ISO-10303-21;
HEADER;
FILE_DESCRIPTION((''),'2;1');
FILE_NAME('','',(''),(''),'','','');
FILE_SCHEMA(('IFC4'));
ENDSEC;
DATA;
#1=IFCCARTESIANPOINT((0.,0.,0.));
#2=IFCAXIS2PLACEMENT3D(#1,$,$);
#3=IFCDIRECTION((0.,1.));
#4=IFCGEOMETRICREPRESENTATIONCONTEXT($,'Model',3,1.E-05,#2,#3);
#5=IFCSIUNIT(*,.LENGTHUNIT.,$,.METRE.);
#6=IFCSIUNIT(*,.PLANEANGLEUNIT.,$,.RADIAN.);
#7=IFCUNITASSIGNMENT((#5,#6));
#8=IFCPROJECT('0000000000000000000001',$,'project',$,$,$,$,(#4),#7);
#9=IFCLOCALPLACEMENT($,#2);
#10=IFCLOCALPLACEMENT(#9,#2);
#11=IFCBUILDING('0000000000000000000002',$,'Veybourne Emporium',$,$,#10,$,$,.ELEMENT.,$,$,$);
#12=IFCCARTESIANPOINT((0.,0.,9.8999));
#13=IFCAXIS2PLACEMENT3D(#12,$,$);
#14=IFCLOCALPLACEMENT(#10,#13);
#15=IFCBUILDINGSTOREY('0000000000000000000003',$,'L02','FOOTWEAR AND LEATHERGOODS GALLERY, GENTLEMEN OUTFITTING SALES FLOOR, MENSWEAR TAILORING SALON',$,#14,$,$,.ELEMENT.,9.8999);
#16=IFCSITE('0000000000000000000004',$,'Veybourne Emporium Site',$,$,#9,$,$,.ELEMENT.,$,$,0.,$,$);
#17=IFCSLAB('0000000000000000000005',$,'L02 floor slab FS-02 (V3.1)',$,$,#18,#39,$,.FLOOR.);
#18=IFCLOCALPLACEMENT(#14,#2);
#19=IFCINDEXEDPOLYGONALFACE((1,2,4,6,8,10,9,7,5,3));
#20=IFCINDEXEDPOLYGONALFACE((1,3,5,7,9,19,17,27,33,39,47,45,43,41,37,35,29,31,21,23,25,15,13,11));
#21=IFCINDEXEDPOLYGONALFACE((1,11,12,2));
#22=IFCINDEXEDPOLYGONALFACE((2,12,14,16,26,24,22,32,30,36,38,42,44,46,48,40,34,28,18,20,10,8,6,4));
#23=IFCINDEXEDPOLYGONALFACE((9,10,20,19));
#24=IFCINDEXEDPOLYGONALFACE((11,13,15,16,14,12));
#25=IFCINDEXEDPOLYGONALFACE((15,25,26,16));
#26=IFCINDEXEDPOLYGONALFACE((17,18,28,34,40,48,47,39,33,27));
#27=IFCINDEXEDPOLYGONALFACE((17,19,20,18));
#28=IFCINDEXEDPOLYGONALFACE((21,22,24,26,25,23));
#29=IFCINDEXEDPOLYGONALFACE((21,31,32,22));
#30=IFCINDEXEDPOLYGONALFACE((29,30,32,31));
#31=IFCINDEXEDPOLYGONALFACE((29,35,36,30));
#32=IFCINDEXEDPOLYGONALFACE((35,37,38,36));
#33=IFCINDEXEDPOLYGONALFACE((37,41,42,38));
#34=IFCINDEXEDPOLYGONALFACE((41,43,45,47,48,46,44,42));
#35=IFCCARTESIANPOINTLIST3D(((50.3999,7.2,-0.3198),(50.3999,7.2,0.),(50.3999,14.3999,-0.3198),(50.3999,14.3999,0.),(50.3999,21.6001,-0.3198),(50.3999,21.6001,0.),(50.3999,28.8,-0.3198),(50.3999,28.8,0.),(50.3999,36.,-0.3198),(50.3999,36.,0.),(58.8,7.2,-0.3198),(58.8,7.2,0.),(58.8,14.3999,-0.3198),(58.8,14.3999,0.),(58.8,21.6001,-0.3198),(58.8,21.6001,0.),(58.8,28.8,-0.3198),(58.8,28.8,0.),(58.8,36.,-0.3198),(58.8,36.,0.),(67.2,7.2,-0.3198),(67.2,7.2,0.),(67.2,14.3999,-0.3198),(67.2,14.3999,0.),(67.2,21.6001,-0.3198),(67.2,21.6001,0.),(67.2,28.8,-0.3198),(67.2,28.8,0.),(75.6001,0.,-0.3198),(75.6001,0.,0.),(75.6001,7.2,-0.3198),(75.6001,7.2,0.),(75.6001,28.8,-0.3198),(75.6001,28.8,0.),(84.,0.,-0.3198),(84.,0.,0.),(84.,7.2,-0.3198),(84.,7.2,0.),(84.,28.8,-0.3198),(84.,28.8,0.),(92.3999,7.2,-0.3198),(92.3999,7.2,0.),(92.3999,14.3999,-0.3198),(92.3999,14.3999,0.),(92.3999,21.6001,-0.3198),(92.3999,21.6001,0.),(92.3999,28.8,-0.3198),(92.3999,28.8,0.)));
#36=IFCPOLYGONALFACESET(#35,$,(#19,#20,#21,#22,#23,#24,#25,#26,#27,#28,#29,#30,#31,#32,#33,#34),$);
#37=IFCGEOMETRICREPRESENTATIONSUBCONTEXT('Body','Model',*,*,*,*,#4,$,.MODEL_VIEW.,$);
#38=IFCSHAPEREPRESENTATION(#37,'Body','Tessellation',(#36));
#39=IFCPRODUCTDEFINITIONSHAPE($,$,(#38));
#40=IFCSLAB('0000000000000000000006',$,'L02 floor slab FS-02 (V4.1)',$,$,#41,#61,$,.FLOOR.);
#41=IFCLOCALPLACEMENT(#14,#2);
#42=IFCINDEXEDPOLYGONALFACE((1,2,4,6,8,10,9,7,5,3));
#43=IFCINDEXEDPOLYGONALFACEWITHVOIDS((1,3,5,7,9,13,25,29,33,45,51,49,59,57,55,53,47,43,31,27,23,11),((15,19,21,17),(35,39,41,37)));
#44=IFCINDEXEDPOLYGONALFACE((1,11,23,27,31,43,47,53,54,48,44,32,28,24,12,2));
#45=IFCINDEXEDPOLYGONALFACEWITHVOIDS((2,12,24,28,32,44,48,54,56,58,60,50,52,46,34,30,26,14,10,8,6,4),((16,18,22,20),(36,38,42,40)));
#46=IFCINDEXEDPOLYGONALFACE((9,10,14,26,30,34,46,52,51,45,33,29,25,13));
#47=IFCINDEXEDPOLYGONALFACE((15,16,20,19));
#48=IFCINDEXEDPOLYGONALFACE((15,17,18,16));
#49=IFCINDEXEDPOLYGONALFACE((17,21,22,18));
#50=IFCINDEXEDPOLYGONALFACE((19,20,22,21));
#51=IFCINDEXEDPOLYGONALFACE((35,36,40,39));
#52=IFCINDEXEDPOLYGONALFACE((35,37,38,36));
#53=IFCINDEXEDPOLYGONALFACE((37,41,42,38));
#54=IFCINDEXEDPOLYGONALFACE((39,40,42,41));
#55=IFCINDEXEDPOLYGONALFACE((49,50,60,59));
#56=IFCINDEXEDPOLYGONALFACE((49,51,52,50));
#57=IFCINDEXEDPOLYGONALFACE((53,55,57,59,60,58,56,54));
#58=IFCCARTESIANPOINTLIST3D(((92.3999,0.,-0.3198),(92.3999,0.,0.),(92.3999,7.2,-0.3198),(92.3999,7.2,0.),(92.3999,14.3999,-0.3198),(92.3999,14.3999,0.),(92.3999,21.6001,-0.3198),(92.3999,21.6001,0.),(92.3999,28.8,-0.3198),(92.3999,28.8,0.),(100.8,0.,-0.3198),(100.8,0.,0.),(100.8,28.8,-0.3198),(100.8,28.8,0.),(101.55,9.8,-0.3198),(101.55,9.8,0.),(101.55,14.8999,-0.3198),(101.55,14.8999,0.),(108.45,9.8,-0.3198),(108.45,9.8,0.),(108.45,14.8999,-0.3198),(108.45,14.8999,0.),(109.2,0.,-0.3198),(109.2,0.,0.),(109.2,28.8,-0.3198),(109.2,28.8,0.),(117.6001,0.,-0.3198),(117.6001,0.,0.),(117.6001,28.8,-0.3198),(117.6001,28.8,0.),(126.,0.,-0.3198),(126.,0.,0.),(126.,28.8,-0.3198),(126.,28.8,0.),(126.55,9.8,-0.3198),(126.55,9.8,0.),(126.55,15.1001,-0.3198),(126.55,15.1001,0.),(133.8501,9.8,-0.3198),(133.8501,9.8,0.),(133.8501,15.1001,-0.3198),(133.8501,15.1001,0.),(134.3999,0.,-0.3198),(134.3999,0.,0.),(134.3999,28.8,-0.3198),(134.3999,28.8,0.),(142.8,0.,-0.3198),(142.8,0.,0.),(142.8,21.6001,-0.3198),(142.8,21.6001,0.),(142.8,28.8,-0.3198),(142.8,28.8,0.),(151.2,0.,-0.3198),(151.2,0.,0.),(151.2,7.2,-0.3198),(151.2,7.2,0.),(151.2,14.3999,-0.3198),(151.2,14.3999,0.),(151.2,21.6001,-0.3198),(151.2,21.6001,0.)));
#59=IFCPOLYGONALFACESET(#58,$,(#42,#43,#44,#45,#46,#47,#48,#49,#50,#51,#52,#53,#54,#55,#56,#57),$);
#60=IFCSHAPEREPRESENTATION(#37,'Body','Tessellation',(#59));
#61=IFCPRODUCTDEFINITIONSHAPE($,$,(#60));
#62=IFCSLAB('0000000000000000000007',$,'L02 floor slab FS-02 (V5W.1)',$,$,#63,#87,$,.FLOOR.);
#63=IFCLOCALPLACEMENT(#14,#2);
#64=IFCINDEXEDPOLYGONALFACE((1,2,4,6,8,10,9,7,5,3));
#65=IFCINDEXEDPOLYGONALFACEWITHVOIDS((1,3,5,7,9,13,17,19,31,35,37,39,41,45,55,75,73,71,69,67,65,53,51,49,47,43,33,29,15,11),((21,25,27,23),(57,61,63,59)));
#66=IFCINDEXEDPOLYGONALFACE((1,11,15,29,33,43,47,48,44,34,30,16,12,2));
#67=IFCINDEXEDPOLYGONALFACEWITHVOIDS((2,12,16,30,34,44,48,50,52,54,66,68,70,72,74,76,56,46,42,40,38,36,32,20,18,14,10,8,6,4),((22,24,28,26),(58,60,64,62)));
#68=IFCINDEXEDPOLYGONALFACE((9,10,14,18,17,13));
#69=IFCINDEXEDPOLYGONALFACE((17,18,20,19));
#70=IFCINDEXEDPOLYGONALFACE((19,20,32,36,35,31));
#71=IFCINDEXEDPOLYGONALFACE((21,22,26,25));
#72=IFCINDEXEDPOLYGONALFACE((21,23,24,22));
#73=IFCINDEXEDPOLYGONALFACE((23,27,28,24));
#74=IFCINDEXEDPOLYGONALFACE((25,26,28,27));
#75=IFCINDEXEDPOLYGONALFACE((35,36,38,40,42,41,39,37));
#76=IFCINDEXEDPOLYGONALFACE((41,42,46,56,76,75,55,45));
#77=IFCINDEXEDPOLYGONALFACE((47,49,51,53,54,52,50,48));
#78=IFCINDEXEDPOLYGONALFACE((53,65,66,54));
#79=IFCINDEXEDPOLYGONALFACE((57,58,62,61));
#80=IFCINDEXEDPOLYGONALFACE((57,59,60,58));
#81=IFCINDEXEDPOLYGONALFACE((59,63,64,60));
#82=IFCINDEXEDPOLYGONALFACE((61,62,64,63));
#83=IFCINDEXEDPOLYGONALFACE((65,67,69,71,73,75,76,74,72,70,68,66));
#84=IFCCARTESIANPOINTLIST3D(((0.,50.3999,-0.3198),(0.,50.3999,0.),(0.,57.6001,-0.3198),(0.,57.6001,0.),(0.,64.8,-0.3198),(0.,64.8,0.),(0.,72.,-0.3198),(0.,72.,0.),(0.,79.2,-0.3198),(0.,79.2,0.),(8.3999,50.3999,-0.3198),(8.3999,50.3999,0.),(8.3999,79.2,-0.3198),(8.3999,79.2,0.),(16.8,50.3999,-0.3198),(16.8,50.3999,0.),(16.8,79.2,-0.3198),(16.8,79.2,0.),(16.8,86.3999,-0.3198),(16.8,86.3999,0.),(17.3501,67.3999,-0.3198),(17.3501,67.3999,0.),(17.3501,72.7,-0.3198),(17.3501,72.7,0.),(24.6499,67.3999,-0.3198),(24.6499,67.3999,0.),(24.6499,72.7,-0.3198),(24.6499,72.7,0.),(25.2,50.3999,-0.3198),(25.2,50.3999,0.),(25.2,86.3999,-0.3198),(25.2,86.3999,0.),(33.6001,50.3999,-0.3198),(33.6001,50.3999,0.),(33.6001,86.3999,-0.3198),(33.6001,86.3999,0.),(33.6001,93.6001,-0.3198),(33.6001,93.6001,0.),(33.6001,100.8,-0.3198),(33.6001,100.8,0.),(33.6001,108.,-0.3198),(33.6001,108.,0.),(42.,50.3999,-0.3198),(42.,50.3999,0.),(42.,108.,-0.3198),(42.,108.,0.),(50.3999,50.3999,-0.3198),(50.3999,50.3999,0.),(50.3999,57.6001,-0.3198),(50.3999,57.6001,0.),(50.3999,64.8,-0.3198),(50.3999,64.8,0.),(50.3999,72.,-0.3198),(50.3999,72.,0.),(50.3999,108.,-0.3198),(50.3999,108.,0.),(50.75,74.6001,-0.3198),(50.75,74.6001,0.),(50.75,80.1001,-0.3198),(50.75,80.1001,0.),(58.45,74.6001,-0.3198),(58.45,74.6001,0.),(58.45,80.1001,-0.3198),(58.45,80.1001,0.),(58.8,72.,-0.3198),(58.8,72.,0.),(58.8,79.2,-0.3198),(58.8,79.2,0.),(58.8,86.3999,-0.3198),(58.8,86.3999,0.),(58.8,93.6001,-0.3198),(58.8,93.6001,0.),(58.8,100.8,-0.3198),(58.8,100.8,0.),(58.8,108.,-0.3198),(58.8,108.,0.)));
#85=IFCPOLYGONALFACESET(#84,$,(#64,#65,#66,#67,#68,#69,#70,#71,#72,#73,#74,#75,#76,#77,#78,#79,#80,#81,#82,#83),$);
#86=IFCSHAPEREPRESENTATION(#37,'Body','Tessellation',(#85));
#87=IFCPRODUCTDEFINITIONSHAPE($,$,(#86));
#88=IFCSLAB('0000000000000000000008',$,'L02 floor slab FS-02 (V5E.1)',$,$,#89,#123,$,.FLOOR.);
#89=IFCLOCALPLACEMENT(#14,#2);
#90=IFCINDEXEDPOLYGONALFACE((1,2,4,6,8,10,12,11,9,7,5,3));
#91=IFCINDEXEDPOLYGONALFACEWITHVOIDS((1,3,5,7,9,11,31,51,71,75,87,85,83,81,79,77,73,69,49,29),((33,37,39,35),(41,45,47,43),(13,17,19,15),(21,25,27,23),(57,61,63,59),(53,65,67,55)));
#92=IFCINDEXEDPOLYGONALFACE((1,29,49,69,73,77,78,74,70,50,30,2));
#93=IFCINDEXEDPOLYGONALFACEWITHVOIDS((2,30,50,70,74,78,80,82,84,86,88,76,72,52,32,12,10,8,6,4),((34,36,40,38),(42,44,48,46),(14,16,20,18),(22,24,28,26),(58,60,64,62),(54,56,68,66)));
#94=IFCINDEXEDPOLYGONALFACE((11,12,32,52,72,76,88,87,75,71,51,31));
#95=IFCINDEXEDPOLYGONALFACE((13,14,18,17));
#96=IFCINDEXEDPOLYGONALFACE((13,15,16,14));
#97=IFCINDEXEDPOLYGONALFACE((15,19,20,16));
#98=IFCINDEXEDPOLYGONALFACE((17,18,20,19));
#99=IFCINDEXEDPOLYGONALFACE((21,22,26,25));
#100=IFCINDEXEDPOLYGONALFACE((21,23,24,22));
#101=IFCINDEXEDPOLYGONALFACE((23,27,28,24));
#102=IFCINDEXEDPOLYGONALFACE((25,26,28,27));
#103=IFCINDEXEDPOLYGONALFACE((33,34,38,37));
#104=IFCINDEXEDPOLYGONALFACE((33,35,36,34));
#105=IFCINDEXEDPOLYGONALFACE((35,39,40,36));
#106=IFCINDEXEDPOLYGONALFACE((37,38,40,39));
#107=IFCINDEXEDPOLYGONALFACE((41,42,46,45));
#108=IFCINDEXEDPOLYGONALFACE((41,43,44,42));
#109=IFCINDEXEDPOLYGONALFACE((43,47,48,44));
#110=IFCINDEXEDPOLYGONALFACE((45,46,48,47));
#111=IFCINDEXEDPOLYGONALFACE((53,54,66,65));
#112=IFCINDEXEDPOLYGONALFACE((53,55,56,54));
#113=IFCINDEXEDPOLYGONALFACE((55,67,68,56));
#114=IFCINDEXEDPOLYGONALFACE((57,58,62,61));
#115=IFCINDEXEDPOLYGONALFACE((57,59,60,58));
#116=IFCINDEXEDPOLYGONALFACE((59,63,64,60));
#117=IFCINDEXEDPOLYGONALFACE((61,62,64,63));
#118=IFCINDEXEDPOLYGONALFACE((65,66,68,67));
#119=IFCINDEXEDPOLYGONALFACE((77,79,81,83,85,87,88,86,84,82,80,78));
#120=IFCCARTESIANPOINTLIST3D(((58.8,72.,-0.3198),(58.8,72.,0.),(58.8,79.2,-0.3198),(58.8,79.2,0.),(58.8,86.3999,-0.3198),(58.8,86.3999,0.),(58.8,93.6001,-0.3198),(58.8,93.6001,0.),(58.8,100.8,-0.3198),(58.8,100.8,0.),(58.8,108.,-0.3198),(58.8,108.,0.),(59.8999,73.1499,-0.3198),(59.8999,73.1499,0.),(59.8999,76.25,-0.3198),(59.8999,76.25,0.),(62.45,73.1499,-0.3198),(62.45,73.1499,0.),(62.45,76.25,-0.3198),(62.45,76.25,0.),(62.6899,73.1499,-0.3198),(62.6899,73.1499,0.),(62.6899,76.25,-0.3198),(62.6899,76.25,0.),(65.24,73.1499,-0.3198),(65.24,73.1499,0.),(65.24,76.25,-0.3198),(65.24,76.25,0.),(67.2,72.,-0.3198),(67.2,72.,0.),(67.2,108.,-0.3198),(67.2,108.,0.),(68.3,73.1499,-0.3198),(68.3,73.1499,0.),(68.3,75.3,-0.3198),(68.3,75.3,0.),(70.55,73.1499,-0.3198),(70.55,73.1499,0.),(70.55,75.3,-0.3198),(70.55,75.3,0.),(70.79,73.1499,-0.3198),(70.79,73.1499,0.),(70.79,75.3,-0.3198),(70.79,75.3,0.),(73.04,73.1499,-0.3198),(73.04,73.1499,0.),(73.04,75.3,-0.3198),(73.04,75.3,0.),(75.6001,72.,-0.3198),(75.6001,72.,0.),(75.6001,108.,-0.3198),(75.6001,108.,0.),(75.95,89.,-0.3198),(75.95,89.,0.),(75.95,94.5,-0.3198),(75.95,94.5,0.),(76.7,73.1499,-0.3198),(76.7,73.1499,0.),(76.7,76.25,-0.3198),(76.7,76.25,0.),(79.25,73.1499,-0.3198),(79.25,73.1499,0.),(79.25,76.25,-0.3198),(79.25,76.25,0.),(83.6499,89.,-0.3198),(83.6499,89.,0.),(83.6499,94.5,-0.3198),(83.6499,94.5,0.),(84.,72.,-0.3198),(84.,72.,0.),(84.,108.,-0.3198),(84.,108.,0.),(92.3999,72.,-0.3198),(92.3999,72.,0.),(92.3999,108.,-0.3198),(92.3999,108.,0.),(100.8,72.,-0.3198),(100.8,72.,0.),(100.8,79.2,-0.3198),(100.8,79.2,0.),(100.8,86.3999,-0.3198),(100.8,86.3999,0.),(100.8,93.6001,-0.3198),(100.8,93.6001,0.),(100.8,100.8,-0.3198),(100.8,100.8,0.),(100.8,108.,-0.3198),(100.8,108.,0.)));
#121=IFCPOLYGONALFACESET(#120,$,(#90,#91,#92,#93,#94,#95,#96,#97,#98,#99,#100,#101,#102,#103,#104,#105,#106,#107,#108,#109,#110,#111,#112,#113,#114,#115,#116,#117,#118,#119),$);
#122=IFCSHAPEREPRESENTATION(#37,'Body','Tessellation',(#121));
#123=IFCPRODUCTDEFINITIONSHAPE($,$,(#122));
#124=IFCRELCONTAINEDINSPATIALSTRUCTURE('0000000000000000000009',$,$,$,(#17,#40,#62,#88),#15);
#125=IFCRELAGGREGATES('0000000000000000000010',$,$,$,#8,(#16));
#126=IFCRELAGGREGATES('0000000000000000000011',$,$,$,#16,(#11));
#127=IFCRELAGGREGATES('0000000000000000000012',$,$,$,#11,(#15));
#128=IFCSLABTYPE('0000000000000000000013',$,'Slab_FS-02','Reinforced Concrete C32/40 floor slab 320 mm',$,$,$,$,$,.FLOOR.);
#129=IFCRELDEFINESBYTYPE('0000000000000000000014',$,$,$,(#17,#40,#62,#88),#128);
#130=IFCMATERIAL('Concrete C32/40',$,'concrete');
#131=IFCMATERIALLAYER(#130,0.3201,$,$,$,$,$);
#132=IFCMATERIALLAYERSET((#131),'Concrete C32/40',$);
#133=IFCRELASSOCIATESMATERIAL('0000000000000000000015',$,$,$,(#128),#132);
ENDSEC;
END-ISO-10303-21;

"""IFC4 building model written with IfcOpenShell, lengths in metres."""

from ifc_helpers import new_model, si_unit, direction, frame, origin, place, context, subcontext, project, spatial, polyline, outline, extrude, material, layer, layer_set, type_object, element, save


model = new_model("IFC4")

# Units and contexts
model_context = context("Model", 3, precision=1e-05, world=origin(), true_north=direction((0.0, 1.0)))
body_context = subcontext(model_context, "Body", "Model", "MODEL_VIEW")
ifc_project = project(units=[si_unit("LENGTHUNIT", "METRE"), si_unit("PLANEANGLEUNIT", "RADIAN")], contexts=[model_context])

# Site, building, storey
site_placement = place(None, origin())
site = spatial("IfcSite", under=ifc_project, at=site_placement, Name="Veybourne Emporium Site", CompositionType="ELEMENT", RefElevation=0.0)
building_placement = place(site_placement, origin())
building = spatial("IfcBuilding", under=site, at=building_placement, Name="Veybourne Emporium", CompositionType="ELEMENT")
storey_placement = place(building_placement, frame((0.0, 0.0, 9.8999)))
storey = spatial("IfcBuildingStorey", under=building, at=storey_placement, Name="L02", Description="FOOTWEAR AND LEATHERGOODS GALLERY, GENTLEMEN OUTFITTING SALES FLOOR, MENSWEAR TAILORING SALON", CompositionType="ELEMENT", Elevation=9.8999)

# Shared definitions
ifc_material_1 = material(Name="Concrete C32/40", Category="concrete")

# Slabs
ifc_layer_1 = layer(ifc_material_1, 0.3201)
ifc_layer_set_1 = layer_set([ifc_layer_1], Name="Concrete C32/40")
slab_type_1 = type_object("IfcSlabType", Name="Slab_FS-02", Description="Reinforced Concrete C32/40 floor slab 320 mm", PredefinedType="FLOOR", material=ifc_layer_set_1)
slab_1_placement = place(storey_placement, frame((0.0, 0.0, -0.3198)))
element("IfcSlab", 1, at=slab_1_placement, inside=storey, type_object=slab_type_1, Name="L02 floor slab FS-02 (V3.1)", PredefinedType="FLOOR", context=body_context, shape_type="SweptSolid", body=[
    extrude(outline(polyline([(50.3999, 21.6001), (50.3999, 28.8), (50.3999, 36.0), (58.8, 36.0), (58.8, 28.8), (67.2, 28.8), (75.6001, 28.8), (84.0, 28.8), (92.3999, 28.8), (92.3999, 21.6001), (92.3999, 14.3999), (92.3999, 7.2), (84.0, 7.2), (84.0, 0.0), (75.6001, 0.0), (75.6001, 7.2), (67.2, 7.2), (67.2, 14.3999), (67.2, 21.6001), (58.8, 21.6001), (58.8, 14.3999), (58.8, 7.2), (50.3999, 7.2), (50.3999, 14.3999), (50.3999, 21.6001)])), origin(), (0.0, 0.0, 1.0), 0.3198),
])
slab_2_placement = place(storey_placement, frame((0.0, 0.0, -0.3198)))
element("IfcSlab", 2, at=slab_2_placement, inside=storey, type_object=slab_type_1, Name="L02 floor slab FS-02 (V4.1)", PredefinedType="FLOOR", context=body_context, shape_type="SweptSolid", body=[
    extrude(outline(polyline([(92.3999, 28.8), (100.8, 28.8), (109.2, 28.8), (117.6001, 28.8), (126.0, 28.8), (134.3999, 28.8), (142.8, 28.8), (142.8, 21.6001), (151.2, 21.6001), (151.2, 14.3999), (151.2, 7.2), (151.2, 0.0), (142.8, 0.0), (134.3999, 0.0), (126.0, 0.0), (117.6001, 0.0), (109.2, 0.0), (100.8, 0.0), (92.3999, 0.0), (92.3999, 7.2), (92.3999, 14.3999), (92.3999, 21.6001), (92.3999, 28.8)]), holes=[polyline([(108.45, 9.8), (108.45, 14.8999), (101.55, 14.8999), (101.55, 9.8), (108.45, 9.8)]), polyline([(126.55, 9.8), (133.8501, 9.8), (133.8501, 15.1001), (126.55, 15.1001), (126.55, 9.8)])]), origin(), (0.0, 0.0, 1.0), 0.3198),
])
slab_3_placement = place(storey_placement, frame((0.0, 0.0, -0.3198)))
element("IfcSlab", 3, at=slab_3_placement, inside=storey, type_object=slab_type_1, Name="L02 floor slab FS-02 (V5W.1)", PredefinedType="FLOOR", context=body_context, shape_type="SweptSolid", body=[
    extrude(outline(polyline([(8.3999, 50.3999), (0.0, 50.3999), (0.0, 57.6001), (0.0, 64.8), (0.0, 72.0), (0.0, 79.2), (8.3999, 79.2), (16.8, 79.2), (16.8, 86.3999), (25.2, 86.3999), (33.6001, 86.3999), (33.6001, 93.6001), (33.6001, 100.8), (33.6001, 108.0), (42.0, 108.0), (50.3999, 108.0), (58.8, 108.0), (58.8, 100.8), (58.8, 93.6001), (58.8, 86.3999), (58.8, 79.2), (58.8, 72.0), (50.3999, 72.0), (50.3999, 64.8), (50.3999, 57.6001), (50.3999, 50.3999), (42.0, 50.3999), (33.6001, 50.3999), (25.2, 50.3999), (16.8, 50.3999), (8.3999, 50.3999)]), holes=[polyline([(17.3501, 67.3999), (24.6499, 67.3999), (24.6499, 72.7), (17.3501, 72.7), (17.3501, 67.3999)]), polyline([(50.75, 74.6001), (58.45, 74.6001), (58.45, 80.1001), (50.75, 80.1001), (50.75, 74.6001)])]), origin(), (0.0, 0.0, 1.0), 0.3198),
])
slab_4_placement = place(storey_placement, frame((0.0, 0.0, -0.3198)))
element("IfcSlab", 4, at=slab_4_placement, inside=storey, type_object=slab_type_1, Name="L02 floor slab FS-02 (V5E.1)", PredefinedType="FLOOR", context=body_context, shape_type="SweptSolid", body=[
    extrude(outline(polyline([(58.8, 100.8), (58.8, 108.0), (67.2, 108.0), (75.6001, 108.0), (84.0, 108.0), (92.3999, 108.0), (100.8, 108.0), (100.8, 100.8), (100.8, 93.6001), (100.8, 86.3999), (100.8, 79.2), (100.8, 72.0), (92.3999, 72.0), (84.0, 72.0), (75.6001, 72.0), (67.2, 72.0), (58.8, 72.0), (58.8, 79.2), (58.8, 86.3999), (58.8, 93.6001), (58.8, 100.8)]), holes=[polyline([(68.3, 73.1499), (70.55, 73.1499), (70.55, 75.3), (68.3, 75.3), (68.3, 73.1499)]), polyline([(73.04, 73.1499), (73.04, 75.3), (70.79, 75.3), (70.79, 73.1499), (73.04, 73.1499)]), polyline([(59.8999, 73.1499), (62.45, 73.1499), (62.45, 76.25), (59.8999, 76.25), (59.8999, 73.1499)]), polyline([(62.6899, 73.1499), (65.24, 73.1499), (65.24, 76.25), (62.6899, 76.25), (62.6899, 73.1499)]), polyline([(79.25, 73.1499), (79.25, 76.25), (76.7, 76.25), (76.7, 73.1499), (79.25, 73.1499)]), polyline([(75.95, 89.0), (83.6499, 89.0), (83.6499, 94.5), (75.95, 94.5), (75.95, 89.0)])]), origin(), (0.0, 0.0, 1.0), 0.3198),
])

save(model, "model.ifc")
